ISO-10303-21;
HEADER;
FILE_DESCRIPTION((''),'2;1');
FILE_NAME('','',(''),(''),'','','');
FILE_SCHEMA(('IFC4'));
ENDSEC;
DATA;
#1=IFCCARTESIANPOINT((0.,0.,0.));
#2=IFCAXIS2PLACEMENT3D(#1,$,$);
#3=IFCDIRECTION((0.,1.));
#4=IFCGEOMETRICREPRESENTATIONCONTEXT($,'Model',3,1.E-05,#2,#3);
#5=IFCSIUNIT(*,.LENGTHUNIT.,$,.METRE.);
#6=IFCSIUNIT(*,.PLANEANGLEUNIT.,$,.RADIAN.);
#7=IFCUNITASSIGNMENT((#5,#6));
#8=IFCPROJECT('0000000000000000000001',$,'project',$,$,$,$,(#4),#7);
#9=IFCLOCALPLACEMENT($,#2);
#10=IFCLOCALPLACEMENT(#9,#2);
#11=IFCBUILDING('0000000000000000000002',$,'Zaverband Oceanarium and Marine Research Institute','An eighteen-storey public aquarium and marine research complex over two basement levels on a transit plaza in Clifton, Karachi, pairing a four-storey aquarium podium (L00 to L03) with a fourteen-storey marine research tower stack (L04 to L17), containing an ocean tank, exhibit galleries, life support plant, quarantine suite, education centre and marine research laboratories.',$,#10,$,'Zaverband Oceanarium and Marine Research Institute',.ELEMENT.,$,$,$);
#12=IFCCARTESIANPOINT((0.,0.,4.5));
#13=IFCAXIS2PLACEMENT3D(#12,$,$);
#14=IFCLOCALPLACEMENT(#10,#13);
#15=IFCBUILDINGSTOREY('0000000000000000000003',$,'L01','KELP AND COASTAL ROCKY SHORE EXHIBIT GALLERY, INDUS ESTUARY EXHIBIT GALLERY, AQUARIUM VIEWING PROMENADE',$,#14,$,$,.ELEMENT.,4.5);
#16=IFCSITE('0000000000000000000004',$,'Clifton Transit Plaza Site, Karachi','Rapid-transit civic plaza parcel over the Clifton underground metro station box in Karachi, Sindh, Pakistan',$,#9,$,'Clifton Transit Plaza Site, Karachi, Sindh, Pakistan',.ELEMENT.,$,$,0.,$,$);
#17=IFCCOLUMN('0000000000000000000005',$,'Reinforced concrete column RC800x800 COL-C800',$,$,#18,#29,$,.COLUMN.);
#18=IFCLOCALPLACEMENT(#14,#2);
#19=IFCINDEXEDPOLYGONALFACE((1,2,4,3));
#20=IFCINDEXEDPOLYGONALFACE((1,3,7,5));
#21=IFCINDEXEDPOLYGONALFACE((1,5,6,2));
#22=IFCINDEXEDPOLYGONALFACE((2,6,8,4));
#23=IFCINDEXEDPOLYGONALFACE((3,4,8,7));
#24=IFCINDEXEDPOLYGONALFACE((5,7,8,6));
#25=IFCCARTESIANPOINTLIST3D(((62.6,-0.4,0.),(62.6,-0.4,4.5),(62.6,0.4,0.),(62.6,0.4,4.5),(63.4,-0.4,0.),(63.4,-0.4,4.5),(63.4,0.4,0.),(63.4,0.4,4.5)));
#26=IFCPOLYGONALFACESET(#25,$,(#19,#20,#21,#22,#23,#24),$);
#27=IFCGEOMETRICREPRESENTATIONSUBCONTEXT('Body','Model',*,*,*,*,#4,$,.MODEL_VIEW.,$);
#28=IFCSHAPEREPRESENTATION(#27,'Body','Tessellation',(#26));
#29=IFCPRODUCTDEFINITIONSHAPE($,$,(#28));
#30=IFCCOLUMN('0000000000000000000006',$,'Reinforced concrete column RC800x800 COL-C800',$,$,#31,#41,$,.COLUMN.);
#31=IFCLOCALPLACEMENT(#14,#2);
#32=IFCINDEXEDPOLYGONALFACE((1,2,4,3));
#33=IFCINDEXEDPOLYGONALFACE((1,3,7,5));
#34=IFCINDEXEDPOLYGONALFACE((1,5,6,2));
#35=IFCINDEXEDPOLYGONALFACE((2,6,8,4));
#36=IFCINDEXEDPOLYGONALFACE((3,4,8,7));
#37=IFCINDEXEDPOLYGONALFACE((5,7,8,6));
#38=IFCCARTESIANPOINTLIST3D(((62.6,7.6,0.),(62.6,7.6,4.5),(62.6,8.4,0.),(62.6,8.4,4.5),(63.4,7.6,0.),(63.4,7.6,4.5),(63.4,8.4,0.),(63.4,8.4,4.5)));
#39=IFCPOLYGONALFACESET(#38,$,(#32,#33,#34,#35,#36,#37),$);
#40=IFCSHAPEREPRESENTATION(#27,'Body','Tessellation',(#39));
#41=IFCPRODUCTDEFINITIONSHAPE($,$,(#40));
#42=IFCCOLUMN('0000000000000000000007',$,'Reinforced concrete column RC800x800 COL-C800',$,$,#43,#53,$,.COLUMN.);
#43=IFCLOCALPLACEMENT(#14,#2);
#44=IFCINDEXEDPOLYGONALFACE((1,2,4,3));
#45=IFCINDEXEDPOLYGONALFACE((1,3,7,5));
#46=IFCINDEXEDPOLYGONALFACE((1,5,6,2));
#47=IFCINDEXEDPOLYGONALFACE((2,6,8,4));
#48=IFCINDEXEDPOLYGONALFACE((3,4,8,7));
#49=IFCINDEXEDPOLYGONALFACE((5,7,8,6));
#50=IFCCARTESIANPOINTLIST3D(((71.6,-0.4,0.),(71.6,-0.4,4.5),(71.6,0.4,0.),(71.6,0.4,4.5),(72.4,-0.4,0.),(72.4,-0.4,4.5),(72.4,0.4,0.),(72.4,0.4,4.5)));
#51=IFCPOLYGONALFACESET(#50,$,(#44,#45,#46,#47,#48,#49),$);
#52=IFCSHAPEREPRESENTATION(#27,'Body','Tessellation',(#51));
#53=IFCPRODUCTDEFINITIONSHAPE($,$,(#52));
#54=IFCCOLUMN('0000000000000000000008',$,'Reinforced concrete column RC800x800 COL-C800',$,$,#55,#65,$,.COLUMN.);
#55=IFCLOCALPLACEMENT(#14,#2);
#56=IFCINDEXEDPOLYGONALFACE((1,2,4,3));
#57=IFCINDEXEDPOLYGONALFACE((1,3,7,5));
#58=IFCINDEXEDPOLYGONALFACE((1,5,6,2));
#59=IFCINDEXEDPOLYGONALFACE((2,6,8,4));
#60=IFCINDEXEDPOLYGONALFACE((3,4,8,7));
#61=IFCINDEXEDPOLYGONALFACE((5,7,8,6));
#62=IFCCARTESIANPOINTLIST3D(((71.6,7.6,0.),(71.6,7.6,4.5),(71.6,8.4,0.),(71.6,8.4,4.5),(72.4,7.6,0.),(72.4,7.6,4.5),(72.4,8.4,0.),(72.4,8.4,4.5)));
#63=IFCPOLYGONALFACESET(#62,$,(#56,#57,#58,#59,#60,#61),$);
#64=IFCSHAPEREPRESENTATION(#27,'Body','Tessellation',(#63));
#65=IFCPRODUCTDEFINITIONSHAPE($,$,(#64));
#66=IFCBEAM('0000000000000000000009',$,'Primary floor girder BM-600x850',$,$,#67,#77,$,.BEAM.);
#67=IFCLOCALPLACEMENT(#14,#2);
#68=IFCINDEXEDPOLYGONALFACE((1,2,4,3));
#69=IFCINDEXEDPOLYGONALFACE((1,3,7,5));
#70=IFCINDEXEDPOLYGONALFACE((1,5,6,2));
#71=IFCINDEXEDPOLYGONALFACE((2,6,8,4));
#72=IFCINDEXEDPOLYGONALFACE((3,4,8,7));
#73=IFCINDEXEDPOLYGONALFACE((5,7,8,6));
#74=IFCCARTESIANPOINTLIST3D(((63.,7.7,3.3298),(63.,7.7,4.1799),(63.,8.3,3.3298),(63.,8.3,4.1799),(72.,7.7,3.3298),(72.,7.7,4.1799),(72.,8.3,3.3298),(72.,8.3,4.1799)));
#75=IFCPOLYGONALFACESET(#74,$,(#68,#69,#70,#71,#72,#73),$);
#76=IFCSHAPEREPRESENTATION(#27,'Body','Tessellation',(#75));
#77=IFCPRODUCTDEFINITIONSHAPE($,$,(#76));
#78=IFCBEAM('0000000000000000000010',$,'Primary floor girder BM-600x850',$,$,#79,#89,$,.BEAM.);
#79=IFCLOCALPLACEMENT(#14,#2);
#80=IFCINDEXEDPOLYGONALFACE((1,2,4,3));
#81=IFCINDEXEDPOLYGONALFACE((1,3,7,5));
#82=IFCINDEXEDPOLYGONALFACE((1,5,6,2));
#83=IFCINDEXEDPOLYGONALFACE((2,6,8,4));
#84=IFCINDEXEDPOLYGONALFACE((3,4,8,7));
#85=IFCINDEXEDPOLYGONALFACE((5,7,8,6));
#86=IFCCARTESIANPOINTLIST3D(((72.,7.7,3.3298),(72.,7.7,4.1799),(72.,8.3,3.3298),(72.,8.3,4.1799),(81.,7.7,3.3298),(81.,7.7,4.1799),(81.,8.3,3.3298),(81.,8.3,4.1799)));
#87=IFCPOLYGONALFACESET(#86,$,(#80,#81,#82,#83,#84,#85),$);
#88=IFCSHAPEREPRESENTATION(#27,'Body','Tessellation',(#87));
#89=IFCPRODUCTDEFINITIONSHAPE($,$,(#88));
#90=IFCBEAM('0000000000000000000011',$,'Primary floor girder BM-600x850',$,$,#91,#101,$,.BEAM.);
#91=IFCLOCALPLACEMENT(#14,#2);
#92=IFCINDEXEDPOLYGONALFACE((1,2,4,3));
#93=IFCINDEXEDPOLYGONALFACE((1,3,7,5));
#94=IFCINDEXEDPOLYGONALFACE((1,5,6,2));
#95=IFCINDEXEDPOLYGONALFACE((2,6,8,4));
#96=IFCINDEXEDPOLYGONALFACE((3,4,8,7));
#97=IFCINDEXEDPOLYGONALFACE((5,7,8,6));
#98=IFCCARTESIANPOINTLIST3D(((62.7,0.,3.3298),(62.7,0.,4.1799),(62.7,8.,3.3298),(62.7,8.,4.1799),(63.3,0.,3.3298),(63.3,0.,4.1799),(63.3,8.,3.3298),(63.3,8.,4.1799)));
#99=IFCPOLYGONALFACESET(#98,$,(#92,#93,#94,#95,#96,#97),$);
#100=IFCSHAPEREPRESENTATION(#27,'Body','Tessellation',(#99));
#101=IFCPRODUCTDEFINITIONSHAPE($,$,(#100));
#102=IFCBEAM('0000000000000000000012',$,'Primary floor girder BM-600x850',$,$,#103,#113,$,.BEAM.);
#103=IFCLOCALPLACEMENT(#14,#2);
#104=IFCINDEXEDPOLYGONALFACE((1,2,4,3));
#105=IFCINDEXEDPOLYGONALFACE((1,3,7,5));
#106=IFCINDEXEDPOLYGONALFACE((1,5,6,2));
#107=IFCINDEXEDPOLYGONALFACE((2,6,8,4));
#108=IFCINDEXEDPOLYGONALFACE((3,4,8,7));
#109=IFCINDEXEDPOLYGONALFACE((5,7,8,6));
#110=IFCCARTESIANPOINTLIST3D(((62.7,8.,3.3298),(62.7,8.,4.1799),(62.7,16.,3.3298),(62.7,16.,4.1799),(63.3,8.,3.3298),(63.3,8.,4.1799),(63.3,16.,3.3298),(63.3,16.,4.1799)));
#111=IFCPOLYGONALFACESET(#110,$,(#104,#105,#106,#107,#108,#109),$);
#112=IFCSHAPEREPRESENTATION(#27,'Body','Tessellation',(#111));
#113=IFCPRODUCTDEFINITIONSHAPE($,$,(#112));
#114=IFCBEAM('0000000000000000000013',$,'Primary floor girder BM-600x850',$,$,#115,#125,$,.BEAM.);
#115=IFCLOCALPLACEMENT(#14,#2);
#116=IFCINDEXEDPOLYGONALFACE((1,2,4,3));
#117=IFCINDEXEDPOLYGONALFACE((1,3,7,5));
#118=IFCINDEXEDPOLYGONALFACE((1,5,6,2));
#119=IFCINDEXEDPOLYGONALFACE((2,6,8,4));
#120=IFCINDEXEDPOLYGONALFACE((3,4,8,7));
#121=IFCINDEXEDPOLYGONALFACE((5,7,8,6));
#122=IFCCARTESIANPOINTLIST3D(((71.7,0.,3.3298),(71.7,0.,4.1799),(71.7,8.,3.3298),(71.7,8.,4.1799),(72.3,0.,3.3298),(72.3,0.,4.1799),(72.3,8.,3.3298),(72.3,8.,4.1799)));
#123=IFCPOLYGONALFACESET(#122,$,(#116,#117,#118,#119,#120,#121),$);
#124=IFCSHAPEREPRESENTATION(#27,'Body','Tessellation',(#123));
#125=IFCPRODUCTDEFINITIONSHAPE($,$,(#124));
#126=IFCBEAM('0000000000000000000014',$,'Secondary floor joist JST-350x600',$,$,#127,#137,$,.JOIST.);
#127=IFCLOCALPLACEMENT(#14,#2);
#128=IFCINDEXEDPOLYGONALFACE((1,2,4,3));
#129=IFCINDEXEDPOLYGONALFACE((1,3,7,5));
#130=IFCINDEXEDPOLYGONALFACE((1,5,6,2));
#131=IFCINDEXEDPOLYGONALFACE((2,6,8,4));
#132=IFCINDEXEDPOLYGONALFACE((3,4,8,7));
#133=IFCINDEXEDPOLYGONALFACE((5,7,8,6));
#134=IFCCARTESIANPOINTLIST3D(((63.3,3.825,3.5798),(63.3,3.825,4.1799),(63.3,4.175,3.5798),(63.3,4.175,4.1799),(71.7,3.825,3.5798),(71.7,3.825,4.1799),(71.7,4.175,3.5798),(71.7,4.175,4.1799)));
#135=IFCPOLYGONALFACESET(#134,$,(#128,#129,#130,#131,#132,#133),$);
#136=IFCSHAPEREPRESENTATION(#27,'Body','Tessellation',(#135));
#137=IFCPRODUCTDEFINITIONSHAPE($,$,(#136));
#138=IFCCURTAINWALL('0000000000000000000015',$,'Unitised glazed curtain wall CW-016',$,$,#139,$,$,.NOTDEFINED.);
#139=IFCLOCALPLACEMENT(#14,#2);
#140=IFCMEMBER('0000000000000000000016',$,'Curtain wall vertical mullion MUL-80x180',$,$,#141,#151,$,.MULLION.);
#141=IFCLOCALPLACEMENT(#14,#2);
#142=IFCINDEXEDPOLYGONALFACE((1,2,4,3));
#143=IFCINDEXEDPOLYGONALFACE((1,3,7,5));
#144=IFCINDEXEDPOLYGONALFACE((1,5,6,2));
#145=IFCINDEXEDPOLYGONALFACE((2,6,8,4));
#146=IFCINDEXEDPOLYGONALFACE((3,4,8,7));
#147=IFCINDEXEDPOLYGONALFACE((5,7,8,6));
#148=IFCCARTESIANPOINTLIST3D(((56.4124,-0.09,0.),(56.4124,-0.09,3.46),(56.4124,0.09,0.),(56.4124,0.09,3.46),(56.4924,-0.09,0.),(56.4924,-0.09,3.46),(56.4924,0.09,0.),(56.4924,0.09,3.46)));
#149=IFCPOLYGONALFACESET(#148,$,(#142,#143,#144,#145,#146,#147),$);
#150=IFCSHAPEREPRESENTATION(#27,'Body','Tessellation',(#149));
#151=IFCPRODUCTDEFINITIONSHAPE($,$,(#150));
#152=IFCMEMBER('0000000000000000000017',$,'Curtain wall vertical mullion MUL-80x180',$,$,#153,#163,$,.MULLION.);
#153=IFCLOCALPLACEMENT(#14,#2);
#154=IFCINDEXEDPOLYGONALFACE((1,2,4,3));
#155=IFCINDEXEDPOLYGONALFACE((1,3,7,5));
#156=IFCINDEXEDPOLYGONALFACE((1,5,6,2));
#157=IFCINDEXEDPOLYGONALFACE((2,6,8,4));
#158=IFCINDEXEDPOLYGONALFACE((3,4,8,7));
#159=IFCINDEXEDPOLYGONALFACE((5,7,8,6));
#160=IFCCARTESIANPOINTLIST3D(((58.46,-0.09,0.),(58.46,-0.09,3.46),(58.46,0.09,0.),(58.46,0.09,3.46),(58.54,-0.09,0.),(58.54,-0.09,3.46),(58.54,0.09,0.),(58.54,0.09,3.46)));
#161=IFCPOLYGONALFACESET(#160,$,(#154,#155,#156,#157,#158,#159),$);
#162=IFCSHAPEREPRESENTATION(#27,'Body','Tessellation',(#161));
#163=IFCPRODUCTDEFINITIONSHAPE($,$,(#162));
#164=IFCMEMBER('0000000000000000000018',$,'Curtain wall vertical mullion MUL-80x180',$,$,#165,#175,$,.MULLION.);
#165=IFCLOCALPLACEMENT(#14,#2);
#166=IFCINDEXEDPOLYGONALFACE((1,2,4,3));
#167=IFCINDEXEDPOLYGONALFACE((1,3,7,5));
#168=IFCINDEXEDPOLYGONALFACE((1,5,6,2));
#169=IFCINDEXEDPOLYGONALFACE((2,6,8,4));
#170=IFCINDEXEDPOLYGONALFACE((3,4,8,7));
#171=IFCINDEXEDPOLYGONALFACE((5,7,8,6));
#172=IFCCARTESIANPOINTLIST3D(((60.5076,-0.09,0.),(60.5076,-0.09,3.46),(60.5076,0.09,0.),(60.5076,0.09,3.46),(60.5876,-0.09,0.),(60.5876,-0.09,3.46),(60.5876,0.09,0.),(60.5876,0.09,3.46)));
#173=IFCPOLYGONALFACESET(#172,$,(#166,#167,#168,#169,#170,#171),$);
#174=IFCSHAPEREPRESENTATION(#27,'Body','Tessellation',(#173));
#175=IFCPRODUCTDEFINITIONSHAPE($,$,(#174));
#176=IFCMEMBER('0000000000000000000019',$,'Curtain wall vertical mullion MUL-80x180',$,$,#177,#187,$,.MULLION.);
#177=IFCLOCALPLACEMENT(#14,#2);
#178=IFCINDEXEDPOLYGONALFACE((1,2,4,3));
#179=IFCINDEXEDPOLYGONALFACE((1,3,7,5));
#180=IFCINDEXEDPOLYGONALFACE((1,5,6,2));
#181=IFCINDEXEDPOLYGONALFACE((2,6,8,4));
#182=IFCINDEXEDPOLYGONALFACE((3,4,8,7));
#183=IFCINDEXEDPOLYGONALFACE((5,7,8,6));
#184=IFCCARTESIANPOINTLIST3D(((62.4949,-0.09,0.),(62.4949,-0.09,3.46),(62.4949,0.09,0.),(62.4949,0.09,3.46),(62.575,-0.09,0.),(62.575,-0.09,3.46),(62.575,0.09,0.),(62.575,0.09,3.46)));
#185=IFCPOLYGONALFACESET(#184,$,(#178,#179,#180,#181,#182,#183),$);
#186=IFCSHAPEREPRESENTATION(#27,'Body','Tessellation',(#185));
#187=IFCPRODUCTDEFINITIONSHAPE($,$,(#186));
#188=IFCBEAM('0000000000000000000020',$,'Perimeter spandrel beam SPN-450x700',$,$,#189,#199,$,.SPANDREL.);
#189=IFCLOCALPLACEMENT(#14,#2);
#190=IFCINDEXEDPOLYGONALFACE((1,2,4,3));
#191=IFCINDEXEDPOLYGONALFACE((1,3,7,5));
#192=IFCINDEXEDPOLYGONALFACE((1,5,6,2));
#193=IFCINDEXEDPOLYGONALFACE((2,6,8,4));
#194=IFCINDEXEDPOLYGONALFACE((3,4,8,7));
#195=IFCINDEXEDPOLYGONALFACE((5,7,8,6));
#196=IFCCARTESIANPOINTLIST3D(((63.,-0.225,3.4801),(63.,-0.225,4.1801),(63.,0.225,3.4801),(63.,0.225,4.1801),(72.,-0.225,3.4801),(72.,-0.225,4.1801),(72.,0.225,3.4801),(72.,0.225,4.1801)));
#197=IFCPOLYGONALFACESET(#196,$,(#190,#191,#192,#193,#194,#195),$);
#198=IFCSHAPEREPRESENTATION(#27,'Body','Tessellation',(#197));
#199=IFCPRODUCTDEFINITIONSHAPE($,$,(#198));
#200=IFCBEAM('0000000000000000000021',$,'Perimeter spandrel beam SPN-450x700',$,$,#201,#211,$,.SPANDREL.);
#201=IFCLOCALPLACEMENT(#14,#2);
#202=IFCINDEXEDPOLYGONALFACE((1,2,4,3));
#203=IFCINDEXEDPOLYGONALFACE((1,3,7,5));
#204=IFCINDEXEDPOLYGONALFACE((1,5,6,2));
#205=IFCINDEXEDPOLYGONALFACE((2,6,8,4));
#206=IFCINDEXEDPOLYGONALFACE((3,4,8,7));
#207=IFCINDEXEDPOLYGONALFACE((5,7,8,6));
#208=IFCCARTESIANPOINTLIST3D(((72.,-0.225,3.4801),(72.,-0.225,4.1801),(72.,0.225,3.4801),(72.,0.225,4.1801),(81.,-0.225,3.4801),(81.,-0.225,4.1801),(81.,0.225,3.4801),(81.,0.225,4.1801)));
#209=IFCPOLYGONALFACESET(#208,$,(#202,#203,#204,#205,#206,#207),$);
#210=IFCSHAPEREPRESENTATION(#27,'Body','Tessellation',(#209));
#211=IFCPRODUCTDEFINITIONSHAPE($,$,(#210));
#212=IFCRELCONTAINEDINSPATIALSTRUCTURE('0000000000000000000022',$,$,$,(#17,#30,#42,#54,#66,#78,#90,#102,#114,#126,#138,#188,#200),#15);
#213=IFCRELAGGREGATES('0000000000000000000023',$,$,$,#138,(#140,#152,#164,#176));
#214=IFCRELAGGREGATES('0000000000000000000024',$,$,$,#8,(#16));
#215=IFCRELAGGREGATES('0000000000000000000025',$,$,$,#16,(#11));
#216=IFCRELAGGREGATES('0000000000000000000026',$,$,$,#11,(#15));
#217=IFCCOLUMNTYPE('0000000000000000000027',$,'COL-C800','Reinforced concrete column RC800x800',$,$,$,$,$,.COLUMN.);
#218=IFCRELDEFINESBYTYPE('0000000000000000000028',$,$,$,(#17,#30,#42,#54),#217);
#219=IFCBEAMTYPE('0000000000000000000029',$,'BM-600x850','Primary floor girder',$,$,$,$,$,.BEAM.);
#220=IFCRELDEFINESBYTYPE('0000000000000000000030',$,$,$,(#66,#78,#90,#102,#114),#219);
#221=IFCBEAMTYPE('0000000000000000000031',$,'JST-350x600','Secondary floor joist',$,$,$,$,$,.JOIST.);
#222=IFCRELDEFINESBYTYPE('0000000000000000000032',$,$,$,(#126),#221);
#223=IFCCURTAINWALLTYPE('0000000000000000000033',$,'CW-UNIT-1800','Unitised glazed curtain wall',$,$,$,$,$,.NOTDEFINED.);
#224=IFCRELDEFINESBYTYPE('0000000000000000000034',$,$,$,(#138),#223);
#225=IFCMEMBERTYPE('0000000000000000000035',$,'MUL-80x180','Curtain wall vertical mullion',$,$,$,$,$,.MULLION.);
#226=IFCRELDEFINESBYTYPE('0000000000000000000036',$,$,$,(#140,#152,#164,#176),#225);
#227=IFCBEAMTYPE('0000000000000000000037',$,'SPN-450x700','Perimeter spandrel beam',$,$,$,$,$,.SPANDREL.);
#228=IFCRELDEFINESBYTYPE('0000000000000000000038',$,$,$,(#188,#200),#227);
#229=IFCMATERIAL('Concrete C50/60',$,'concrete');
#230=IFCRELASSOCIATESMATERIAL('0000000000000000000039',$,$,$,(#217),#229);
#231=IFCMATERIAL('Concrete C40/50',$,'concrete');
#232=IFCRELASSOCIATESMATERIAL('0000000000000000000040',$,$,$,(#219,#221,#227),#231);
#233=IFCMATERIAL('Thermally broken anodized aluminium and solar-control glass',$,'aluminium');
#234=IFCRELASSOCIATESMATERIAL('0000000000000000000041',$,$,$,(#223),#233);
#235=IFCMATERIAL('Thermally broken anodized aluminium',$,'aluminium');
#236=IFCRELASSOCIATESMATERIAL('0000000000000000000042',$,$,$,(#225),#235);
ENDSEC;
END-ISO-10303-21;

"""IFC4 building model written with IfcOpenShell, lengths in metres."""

from ifc_helpers import new_model, si_unit, direction, frame, origin, origin_2d, place, context, subcontext, project, spatial, rectangle, extrude, material, material_profile, profile_set, type_object, element, aggregate, save


model = new_model("IFC4")

# Units and contexts
model_context = context("Model", 3, precision=1e-05, world=origin(), true_north=direction((0.0, 1.0)))
body_context = subcontext(model_context, "Body", "Model", "MODEL_VIEW")
ifc_project = project(units=[si_unit("LENGTHUNIT", "METRE"), si_unit("PLANEANGLEUNIT", "RADIAN")], contexts=[model_context])

# Site, building, storey
site_placement = place(None, origin())
site = spatial("IfcSite", under=ifc_project, at=site_placement, Name="Clifton Transit Plaza Site, Karachi", Description="Rapid-transit civic plaza parcel over the Clifton underground metro station box in Karachi, Sindh, Pakistan", LongName="Clifton Transit Plaza Site, Karachi, Sindh, Pakistan", CompositionType="ELEMENT", RefElevation=0.0)
building_placement = place(site_placement, origin())
building = spatial("IfcBuilding", under=site, at=building_placement, Name="Zaverband Oceanarium and Marine Research Institute", Description="An eighteen-storey public aquarium and marine research complex over two basement levels on a transit plaza in Clifton, Karachi, pairing a four-storey aquarium podium (L00 to L03) with a fourteen-storey marine research tower stack (L04 to L17), containing an ocean tank, exhibit galleries, life support plant, quarantine suite, education centre and marine research laboratories.", LongName="Zaverband Oceanarium and Marine Research Institute", CompositionType="ELEMENT")
storey_placement = place(building_placement, frame((0.0, 0.0, 4.5)))
storey = spatial("IfcBuildingStorey", under=building, at=storey_placement, Name="L01", Description="KELP AND COASTAL ROCKY SHORE EXHIBIT GALLERY, INDUS ESTUARY EXHIBIT GALLERY, AQUARIUM VIEWING PROMENADE", CompositionType="ELEMENT", Elevation=4.5)

# Columns
ifc_material_1 = material(Name="Concrete C50/60", Category="concrete")
ifc_material_profile_1 = material_profile(ifc_material_1, rectangle(XDim=0.8, YDim=0.8, at=origin_2d()), Name="RC800x800")
ifc_profile_set_1 = profile_set([ifc_material_profile_1], Name="Concrete C50/60")
column_type = type_object("IfcColumnType", Name="COL-C800", Description="Reinforced concrete column RC800x800", PredefinedType="COLUMN", material=ifc_profile_set_1)
for number, where, z_axis, x_axis, name in (
    (1, (63.0, 0.0, 0.0), (0.0, 0.0, 1.0), (1.0, 0.0, 0.0), "Reinforced concrete column RC800x800 COL-C800"),
    (2, (63.0, 8.0, 0.0), (0.0, 0.0, 1.0), (1.0, 0.0, 0.0), "Reinforced concrete column RC800x800 COL-C800"),
    (3, (72.0, 0.0, 0.0), (0.0, 0.0, 1.0), (1.0, 0.0, 0.0), "Reinforced concrete column RC800x800 COL-C800"),
    (4, (72.0, 8.0, 0.0), (0.0, 0.0, 1.0), (1.0, 0.0, 0.0), "Reinforced concrete column RC800x800 COL-C800"),
):
    element("IfcColumn", number, at=place(storey_placement, frame(where, z_axis=z_axis, x_axis=x_axis)), inside=storey, type_object=column_type, Name=name, PredefinedType="COLUMN", context=body_context, shape_type="SweptSolid", body=[
        extrude(rectangle(XDim=0.8, YDim=0.8, at=origin_2d()), origin(), (0.0, 0.0, 1.0), 4.5),
    ])

# Beams
ifc_material_2 = material(Name="Concrete C40/50", Category="concrete")
ifc_material_profile_2 = material_profile(ifc_material_2, rectangle(XDim=0.6001, YDim=0.8501, at=origin_2d()), Name="RC600x850")
ifc_profile_set_2 = profile_set([ifc_material_profile_2], Name="Concrete C40/50")
beam_type_1 = type_object("IfcBeamType", Name="BM-600x850", Description="Primary floor girder", PredefinedType="BEAM", material=ifc_profile_set_2)
for number, where, z_axis, x_axis, name in (
    (5, (63.0, 8.0, 3.7549), (1.0, 0.0, 0.0), (0.0, 1.0, 0.0), "Primary floor girder BM-600x850"),
    (6, (72.0, 8.0, 3.7549), (1.0, 0.0, 0.0), (0.0, 1.0, 0.0), "Primary floor girder BM-600x850"),
):
    element("IfcBeam", number, at=place(storey_placement, frame(where, z_axis=z_axis, x_axis=x_axis)), inside=storey, type_object=beam_type_1, Name=name, PredefinedType="BEAM", context=body_context, shape_type="SweptSolid", body=[
        extrude(rectangle(XDim=0.6001, YDim=0.8501, at=origin_2d()), origin(), (0.0, 0.0, 1.0), 9.0),
    ])
for number, where, z_axis, x_axis, name in (
    (7, (63.0, 0.0, 3.7549), (0.0, 1.0, 0.0), (-1.0, 0.0, 0.0), "Primary floor girder BM-600x850"),
    (8, (63.0, 8.0, 3.7549), (0.0, 1.0, 0.0), (-1.0, 0.0, 0.0), "Primary floor girder BM-600x850"),
    (9, (72.0, 0.0, 3.7549), (0.0, 1.0, 0.0), (-1.0, 0.0, 0.0), "Primary floor girder BM-600x850"),
):
    element("IfcBeam", number, at=place(storey_placement, frame(where, z_axis=z_axis, x_axis=x_axis)), inside=storey, type_object=beam_type_1, Name=name, PredefinedType="BEAM", context=body_context, shape_type="SweptSolid", body=[
        extrude(rectangle(XDim=0.6001, YDim=0.8501, at=origin_2d()), origin(), (0.0, 0.0, 1.0), 8.0),
    ])
ifc_material_profile_3 = material_profile(ifc_material_2, rectangle(XDim=0.3501, YDim=0.6001, at=origin_2d()), Name="RC350x600")
ifc_profile_set_3 = profile_set([ifc_material_profile_3], Name="Concrete C40/50")
beam_type_2 = type_object("IfcBeamType", Name="JST-350x600", Description="Secondary floor joist", PredefinedType="JOIST", material=ifc_profile_set_3)
beam_placement = place(storey_placement, frame((63.3, 4.0, 3.8799), z_axis=(1.0, 0.0, 0.0), x_axis=(0.0, 1.0, 0.0)))
element("IfcBeam", 10, at=beam_placement, inside=storey, type_object=beam_type_2, Name="Secondary floor joist JST-350x600", PredefinedType="JOIST", context=body_context, shape_type="SweptSolid", body=[
    extrude(rectangle(XDim=0.3501, YDim=0.6001, at=origin_2d()), origin(), (0.0, 0.0, 1.0), 8.3999),
])

# Curtain wall, members
ifc_material_3 = material(Name="Thermally broken anodized aluminium and solar-control glass", Category="aluminium")
curtain_wall_type = type_object("IfcCurtainWallType", Name="CW-UNIT-1800", Description="Unitised glazed curtain wall", PredefinedType="NOTDEFINED", material=ifc_material_3)
curtain_wall_placement = place(storey_placement, origin())
curtain_wall = element("IfcCurtainWall", 11, at=curtain_wall_placement, inside=storey, type_object=curtain_wall_type, Name="Unitised glazed curtain wall CW-016", PredefinedType="NOTDEFINED")
ifc_material_4 = material(Name="Thermally broken anodized aluminium", Category="aluminium")
ifc_material_profile_4 = material_profile(ifc_material_4, rectangle(XDim=0.0801, YDim=0.1799, at=origin_2d()), Name="AL-MUL-80x180")
ifc_profile_set_4 = profile_set([ifc_material_profile_4], Name="Thermally broken anodized aluminium")
member_type = type_object("IfcMemberType", Name="MUL-80x180", Description="Curtain wall vertical mullion", PredefinedType="MULLION", material=ifc_profile_set_4)
member_1_placement = place(storey_placement, frame((56.4524, 0.0, 0.0), z_axis=(0.0, 0.0, 1.0), x_axis=(1.0, 0.0, 0.0)))
member_1 = element("IfcMember", 12, at=member_1_placement, type_object=member_type, Name="Curtain wall vertical mullion MUL-80x180", PredefinedType="MULLION", context=body_context, shape_type="SweptSolid", body=[
    extrude(rectangle(XDim=0.0801, YDim=0.1799, at=origin_2d()), origin(), (0.0, 0.0, 1.0), 3.46),
])
member_2_placement = place(storey_placement, frame((58.5, 0.0, 0.0), z_axis=(0.0, 0.0, 1.0), x_axis=(1.0, 0.0, 0.0)))
member_2 = element("IfcMember", 13, at=member_2_placement, type_object=member_type, Name="Curtain wall vertical mullion MUL-80x180", PredefinedType="MULLION", context=body_context, shape_type="SweptSolid", body=[
    extrude(rectangle(XDim=0.0801, YDim=0.1799, at=origin_2d()), origin(), (0.0, 0.0, 1.0), 3.46),
])
member_3_placement = place(storey_placement, frame((60.5476, 0.0, 0.0), z_axis=(0.0, 0.0, 1.0), x_axis=(1.0, 0.0, 0.0)))
member_3 = element("IfcMember", 14, at=member_3_placement, type_object=member_type, Name="Curtain wall vertical mullion MUL-80x180", PredefinedType="MULLION", context=body_context, shape_type="SweptSolid", body=[
    extrude(rectangle(XDim=0.0801, YDim=0.1799, at=origin_2d()), origin(), (0.0, 0.0, 1.0), 3.46),
])
member_4_placement = place(storey_placement, frame((62.5349, 0.0, 0.0), z_axis=(0.0, 0.0, 1.0), x_axis=(1.0, 0.0, 0.0)))
member_4 = element("IfcMember", 15, at=member_4_placement, type_object=member_type, Name="Curtain wall vertical mullion MUL-80x180", PredefinedType="MULLION", context=body_context, shape_type="SweptSolid", body=[
    extrude(rectangle(XDim=0.0801, YDim=0.1799, at=origin_2d()), origin(), (0.0, 0.0, 1.0), 3.46),
])

# Beams
ifc_material_profile_5 = material_profile(ifc_material_2, rectangle(XDim=0.45, YDim=0.7, at=origin_2d()), Name="RC450x700")
ifc_profile_set_5 = profile_set([ifc_material_profile_5], Name="Concrete C40/50")
beam_type_3 = type_object("IfcBeamType", Name="SPN-450x700", Description="Perimeter spandrel beam", PredefinedType="SPANDREL", material=ifc_profile_set_5)
for number, where, z_axis, x_axis, name in (
    (16, (63.0, 0.0, 3.8301), (1.0, 0.0, 0.0), (0.0, 1.0, 0.0), "Perimeter spandrel beam SPN-450x700"),
    (17, (72.0, 0.0, 3.8301), (1.0, 0.0, 0.0), (0.0, 1.0, 0.0), "Perimeter spandrel beam SPN-450x700"),
):
    element("IfcBeam", number, at=place(storey_placement, frame(where, z_axis=z_axis, x_axis=x_axis)), inside=storey, type_object=beam_type_3, Name=name, PredefinedType="SPANDREL", context=body_context, shape_type="SweptSolid", body=[
        extrude(rectangle(XDim=0.45, YDim=0.7, at=origin_2d()), origin(), (0.0, 0.0, 1.0), 9.0),
    ])

aggregate(curtain_wall, [member_1, member_2, member_3, member_4])

save(model, "model.ifc")
